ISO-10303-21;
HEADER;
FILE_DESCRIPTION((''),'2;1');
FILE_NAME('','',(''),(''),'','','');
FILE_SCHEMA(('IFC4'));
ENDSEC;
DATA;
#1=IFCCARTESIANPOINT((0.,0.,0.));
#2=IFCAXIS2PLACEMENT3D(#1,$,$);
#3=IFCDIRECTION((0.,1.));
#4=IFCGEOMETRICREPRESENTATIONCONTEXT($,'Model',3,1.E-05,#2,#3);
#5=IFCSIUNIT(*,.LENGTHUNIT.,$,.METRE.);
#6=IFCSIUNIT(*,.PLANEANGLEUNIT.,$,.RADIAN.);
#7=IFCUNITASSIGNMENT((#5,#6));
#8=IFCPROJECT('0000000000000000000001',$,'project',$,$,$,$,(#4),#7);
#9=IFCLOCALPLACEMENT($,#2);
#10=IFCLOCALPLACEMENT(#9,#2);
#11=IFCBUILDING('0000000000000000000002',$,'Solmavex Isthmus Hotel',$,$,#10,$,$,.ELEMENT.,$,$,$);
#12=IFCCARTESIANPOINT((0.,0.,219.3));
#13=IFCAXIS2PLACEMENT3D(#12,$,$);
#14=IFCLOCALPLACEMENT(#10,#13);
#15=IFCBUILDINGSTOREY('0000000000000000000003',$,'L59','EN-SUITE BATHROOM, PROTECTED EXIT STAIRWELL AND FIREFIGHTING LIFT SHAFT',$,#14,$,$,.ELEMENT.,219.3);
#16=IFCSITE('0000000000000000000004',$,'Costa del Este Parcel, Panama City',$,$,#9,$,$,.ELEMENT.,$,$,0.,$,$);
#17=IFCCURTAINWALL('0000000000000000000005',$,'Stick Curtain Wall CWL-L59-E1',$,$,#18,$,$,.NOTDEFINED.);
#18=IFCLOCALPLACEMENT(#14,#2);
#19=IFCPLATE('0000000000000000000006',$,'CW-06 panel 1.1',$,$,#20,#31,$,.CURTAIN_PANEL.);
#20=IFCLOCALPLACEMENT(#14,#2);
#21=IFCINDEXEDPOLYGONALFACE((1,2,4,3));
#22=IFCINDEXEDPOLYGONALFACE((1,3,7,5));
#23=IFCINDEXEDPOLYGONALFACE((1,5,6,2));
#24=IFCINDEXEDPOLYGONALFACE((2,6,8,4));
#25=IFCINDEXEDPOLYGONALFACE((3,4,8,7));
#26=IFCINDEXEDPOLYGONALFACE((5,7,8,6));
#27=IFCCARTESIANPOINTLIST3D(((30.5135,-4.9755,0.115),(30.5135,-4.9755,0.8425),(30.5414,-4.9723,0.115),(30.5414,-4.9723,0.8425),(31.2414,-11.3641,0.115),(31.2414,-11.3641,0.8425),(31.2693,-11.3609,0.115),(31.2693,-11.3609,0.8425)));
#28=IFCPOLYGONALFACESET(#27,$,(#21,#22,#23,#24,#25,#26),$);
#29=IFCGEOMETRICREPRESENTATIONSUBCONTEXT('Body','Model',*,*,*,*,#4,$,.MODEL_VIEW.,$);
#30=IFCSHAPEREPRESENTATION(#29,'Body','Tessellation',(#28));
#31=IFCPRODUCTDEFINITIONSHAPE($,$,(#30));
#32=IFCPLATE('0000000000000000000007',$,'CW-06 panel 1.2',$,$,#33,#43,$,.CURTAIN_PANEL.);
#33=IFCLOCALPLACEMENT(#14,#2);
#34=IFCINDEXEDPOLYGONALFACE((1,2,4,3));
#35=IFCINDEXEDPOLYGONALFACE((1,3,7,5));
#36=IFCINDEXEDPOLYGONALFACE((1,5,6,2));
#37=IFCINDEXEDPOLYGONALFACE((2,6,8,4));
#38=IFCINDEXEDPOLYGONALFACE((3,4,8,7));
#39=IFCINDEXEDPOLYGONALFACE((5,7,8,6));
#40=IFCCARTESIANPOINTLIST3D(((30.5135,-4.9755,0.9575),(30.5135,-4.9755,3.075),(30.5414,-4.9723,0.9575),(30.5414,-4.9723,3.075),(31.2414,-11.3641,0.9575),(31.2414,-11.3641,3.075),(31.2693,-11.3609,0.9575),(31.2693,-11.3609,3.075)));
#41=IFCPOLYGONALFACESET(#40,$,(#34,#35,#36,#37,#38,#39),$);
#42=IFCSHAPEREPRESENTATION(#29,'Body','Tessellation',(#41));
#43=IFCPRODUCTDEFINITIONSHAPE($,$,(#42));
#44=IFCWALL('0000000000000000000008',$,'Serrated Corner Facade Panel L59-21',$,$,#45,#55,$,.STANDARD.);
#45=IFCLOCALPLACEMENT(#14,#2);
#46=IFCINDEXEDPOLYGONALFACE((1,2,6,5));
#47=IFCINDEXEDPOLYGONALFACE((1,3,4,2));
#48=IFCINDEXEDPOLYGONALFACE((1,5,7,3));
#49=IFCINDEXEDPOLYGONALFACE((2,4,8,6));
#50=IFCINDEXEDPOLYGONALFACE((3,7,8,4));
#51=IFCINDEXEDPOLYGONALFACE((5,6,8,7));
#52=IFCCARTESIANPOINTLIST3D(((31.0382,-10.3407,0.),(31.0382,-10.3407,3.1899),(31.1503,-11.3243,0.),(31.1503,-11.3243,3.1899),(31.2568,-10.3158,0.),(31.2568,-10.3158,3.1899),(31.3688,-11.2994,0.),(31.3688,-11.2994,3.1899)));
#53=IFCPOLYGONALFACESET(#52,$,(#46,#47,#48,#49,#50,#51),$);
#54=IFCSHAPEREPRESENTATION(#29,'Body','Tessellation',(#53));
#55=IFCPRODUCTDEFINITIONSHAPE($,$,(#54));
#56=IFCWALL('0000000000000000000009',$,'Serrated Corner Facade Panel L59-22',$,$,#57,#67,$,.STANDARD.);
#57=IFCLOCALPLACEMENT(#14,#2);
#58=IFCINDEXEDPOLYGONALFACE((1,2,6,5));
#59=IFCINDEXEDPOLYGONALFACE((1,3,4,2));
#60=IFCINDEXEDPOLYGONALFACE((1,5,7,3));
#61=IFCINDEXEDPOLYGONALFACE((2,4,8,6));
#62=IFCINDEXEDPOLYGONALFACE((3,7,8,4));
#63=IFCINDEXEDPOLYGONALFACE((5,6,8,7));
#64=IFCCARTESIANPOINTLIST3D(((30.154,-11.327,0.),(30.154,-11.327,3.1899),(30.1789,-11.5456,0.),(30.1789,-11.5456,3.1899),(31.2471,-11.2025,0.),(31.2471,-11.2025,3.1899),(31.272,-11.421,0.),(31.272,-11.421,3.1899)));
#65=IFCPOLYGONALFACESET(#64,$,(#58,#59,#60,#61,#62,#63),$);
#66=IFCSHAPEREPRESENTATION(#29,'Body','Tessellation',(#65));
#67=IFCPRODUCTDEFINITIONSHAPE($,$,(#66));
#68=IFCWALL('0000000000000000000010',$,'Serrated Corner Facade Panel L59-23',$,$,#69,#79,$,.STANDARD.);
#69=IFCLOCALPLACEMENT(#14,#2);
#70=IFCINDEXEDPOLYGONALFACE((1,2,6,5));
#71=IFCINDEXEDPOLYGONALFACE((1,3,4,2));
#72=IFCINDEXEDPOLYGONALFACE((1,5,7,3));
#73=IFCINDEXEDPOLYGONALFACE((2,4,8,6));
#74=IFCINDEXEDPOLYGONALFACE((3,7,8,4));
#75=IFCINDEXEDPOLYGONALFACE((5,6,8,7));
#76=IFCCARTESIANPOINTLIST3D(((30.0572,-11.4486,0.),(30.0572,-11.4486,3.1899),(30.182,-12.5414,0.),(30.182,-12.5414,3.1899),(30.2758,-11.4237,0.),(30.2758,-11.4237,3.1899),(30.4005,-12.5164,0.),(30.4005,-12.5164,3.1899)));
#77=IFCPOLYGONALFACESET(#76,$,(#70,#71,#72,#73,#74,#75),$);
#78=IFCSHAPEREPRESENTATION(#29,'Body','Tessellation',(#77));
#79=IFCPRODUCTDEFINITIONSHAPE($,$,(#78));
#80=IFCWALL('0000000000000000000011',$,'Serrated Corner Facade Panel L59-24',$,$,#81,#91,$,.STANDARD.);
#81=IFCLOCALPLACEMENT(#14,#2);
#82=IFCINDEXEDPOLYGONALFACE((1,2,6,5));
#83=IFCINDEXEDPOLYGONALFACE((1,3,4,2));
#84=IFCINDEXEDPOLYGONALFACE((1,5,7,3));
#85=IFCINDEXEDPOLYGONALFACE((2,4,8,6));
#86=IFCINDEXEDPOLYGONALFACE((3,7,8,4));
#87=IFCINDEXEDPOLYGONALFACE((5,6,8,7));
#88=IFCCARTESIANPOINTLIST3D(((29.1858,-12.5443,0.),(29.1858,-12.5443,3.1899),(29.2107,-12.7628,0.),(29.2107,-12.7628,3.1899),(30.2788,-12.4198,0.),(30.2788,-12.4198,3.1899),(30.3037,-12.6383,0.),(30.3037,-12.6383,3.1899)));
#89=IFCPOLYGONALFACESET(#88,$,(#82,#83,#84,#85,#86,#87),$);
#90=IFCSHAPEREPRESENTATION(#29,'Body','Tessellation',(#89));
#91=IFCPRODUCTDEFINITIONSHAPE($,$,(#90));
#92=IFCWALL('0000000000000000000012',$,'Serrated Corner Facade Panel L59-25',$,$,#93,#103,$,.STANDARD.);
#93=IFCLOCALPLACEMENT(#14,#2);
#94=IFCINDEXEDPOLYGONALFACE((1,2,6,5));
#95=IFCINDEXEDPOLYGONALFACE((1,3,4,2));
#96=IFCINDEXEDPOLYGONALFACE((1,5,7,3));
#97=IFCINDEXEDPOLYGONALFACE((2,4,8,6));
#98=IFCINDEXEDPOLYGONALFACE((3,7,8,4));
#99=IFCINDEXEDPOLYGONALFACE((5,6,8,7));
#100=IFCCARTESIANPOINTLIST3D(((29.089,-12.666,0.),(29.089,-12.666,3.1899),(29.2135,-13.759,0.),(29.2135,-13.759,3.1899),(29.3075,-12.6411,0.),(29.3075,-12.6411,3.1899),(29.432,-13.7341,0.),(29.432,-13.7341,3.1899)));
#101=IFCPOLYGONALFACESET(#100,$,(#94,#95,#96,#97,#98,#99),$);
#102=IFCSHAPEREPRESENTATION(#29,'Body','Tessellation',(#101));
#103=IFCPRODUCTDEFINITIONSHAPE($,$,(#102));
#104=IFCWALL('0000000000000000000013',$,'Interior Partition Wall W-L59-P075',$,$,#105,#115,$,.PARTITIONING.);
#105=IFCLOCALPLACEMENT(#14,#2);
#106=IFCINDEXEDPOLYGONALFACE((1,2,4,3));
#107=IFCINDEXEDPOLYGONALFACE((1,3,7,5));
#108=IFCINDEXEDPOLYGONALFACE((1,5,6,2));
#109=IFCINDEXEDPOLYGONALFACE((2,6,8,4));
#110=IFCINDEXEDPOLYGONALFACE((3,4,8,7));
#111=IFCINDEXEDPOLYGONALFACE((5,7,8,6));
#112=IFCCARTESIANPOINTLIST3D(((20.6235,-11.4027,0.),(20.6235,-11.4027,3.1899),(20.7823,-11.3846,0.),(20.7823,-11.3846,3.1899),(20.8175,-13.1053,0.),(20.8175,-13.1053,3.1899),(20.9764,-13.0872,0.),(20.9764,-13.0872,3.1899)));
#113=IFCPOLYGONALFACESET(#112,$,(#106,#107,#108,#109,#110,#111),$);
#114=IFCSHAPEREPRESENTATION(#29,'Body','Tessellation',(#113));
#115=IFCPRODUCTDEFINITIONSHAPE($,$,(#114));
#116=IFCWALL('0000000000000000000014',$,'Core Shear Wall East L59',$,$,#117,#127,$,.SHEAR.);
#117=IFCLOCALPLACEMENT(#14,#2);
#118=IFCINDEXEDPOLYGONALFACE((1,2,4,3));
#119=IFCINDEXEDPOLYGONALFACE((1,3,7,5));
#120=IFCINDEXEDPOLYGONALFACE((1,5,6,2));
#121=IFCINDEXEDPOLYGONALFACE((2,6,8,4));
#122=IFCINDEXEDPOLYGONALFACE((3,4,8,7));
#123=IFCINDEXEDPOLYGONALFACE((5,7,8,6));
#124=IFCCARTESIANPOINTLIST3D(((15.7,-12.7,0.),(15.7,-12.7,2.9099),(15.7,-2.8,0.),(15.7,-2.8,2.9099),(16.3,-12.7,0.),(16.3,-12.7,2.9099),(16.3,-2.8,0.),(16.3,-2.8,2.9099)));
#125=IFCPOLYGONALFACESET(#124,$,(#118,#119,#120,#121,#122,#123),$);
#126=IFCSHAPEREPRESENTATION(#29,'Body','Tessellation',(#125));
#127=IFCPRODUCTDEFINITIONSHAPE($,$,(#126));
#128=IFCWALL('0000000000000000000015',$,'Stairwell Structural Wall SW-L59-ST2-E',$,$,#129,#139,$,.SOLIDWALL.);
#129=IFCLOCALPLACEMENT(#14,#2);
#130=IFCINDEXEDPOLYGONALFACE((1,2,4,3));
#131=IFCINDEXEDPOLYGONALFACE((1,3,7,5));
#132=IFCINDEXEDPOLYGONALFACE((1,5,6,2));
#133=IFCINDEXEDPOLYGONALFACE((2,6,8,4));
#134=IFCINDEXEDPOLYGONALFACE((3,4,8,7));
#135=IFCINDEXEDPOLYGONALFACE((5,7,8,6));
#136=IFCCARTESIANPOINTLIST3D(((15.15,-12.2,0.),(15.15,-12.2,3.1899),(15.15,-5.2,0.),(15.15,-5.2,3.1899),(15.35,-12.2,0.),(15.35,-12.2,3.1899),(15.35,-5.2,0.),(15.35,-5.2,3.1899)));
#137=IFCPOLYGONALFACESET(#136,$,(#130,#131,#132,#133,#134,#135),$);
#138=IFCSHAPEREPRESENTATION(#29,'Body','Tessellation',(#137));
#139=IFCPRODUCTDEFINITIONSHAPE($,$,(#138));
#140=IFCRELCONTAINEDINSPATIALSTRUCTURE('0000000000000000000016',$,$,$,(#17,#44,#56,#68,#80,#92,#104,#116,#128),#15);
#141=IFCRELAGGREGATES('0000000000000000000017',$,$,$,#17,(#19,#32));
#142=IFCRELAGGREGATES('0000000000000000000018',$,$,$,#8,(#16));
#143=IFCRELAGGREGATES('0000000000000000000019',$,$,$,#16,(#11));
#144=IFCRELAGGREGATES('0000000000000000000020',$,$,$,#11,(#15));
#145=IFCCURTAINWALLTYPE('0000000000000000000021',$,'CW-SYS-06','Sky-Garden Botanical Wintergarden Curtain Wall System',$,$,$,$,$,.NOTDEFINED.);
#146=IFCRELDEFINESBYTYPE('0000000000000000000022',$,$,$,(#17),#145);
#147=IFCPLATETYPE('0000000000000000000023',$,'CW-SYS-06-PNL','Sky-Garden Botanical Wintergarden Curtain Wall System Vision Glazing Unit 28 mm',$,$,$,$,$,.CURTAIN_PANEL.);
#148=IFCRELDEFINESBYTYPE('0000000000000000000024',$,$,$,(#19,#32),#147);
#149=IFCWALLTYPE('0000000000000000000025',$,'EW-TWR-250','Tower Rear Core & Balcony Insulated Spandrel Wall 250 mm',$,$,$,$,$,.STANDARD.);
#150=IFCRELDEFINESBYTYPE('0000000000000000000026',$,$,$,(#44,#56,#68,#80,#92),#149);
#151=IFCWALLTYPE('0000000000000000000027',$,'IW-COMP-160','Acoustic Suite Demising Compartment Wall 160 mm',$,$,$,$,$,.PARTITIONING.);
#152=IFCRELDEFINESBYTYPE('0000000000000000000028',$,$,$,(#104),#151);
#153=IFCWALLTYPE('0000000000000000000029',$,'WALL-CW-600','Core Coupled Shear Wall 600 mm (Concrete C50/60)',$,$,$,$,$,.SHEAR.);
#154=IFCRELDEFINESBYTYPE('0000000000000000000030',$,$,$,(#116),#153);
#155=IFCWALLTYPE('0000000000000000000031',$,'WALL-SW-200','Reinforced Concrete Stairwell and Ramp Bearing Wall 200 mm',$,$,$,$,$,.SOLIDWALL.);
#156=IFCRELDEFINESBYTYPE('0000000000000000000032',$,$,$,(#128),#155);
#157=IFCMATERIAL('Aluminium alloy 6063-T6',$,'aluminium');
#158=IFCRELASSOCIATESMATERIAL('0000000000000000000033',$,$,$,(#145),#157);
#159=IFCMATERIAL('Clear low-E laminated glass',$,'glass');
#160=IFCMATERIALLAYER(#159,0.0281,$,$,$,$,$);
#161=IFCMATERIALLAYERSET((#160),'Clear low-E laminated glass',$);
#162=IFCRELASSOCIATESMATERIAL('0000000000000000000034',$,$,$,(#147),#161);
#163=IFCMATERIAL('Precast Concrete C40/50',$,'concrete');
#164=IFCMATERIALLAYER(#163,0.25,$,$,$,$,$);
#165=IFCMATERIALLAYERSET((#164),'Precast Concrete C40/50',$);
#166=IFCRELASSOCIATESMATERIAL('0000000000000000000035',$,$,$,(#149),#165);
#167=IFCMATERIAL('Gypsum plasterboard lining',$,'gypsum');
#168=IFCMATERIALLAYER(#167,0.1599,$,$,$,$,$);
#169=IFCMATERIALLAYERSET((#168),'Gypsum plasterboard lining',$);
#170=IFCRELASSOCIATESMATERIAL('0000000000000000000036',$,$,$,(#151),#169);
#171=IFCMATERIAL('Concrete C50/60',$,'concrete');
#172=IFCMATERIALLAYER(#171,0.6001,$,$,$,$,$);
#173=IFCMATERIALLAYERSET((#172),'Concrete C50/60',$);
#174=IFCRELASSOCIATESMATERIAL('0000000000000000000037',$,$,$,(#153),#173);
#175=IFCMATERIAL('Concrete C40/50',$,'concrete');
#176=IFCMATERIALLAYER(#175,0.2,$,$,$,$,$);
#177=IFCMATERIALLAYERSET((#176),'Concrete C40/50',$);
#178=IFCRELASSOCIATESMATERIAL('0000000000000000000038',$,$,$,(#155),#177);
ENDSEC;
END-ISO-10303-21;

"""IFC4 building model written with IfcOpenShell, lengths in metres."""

from ifc_helpers import new_model, si_unit, direction, frame, frame_2d, origin, origin_2d, place, context, subcontext, project, spatial, rectangle, extrude, material, layer, layer_set, type_object, element, aggregate, save


model = new_model("IFC4")

# Units and contexts
model_context = context("Model", 3, precision=1e-05, world=origin(), true_north=direction((0.0, 1.0)))
body_context = subcontext(model_context, "Body", "Model", "MODEL_VIEW")
ifc_project = project(units=[si_unit("LENGTHUNIT", "METRE"), si_unit("PLANEANGLEUNIT", "RADIAN")], contexts=[model_context])

# Site, building, storey
site_placement = place(None, origin())
site = spatial("IfcSite", under=ifc_project, at=site_placement, Name="Costa del Este Parcel, Panama City", CompositionType="ELEMENT", RefElevation=0.0)
building_placement = place(site_placement, origin())
building = spatial("IfcBuilding", under=site, at=building_placement, Name="Solmavex Isthmus Hotel", CompositionType="ELEMENT")
storey_placement = place(building_placement, frame((0.0, 0.0, 219.3)))
storey = spatial("IfcBuildingStorey", under=building, at=storey_placement, Name="L59", Description="EN-SUITE BATHROOM, PROTECTED EXIT STAIRWELL AND FIREFIGHTING LIFT SHAFT", CompositionType="ELEMENT", Elevation=219.3)

# Shared definitions
ifc_material_1 = material(Name="Concrete C50/60", Category="concrete")

# Curtain wall, plates
ifc_material_2 = material(Name="Aluminium alloy 6063-T6", Category="aluminium")
curtain_wall_type = type_object("IfcCurtainWallType", Name="CW-SYS-06", Description="Sky-Garden Botanical Wintergarden Curtain Wall System", PredefinedType="NOTDEFINED", material=ifc_material_2)
curtain_wall_placement = place(storey_placement, origin())
curtain_wall = element("IfcCurtainWall", 1, at=curtain_wall_placement, inside=storey, type_object=curtain_wall_type, Name="Stick Curtain Wall CWL-L59-E1", PredefinedType="NOTDEFINED")
ifc_material_3 = material(Name="Clear low-E laminated glass", Category="glass")
ifc_layer_1 = layer(ifc_material_3, 0.0281)
ifc_layer_set_1 = layer_set([ifc_layer_1], Name="Clear low-E laminated glass")
plate_type = type_object("IfcPlateType", Name="CW-SYS-06-PNL", Description="Sky-Garden Botanical Wintergarden Curtain Wall System Vision Glazing Unit 28 mm", PredefinedType="CURTAIN_PANEL", material=ifc_layer_set_1)
plate_1_placement = place(storey_placement, frame((30.8914, -8.1682, 0.115), z_axis=(0.0, 0.0, 1.0), x_axis=(-0.113203, 0.993572, 0.0)))
plate_1 = element("IfcPlate", 2, at=plate_1_placement, type_object=plate_type, Name="CW-06 panel 1.1", PredefinedType="CURTAIN_PANEL", context=body_context, shape_type="SweptSolid", body=[
    extrude(rectangle(XDim=6.4299, YDim=0.0281, at=origin_2d()), origin(), (0.0, 0.0, 1.0), 0.7275),
])
plate_2_placement = place(storey_placement, frame((30.8914, -8.1682, 0.9575), z_axis=(0.0, 0.0, 1.0), x_axis=(-0.113203, 0.993572, 0.0)))
plate_2 = element("IfcPlate", 3, at=plate_2_placement, type_object=plate_type, Name="CW-06 panel 1.2", PredefinedType="CURTAIN_PANEL", context=body_context, shape_type="SweptSolid", body=[
    extrude(rectangle(XDim=6.4299, YDim=0.0281, at=origin_2d()), origin(), (0.0, 0.0, 1.0), 2.1174),
])
aggregate(curtain_wall, [plate_1, plate_2])

# Walls
ifc_material_4 = material(Name="Precast Concrete C40/50", Category="concrete")
ifc_layer_2 = layer(ifc_material_4, 0.25)
ifc_layer_set_2 = layer_set([ifc_layer_2], Name="Precast Concrete C40/50")
wall_type_1 = type_object("IfcWallType", Name="EW-TWR-250", Description="Tower Rear Core & Balcony Insulated Spandrel Wall 250 mm", PredefinedType="STANDARD", material=ifc_layer_set_2)
wall_1_placement = place(storey_placement, frame((31.1475, -10.3281, 0.0), z_axis=(0.0, 0.0, 1.0), x_axis=(0.113192, -0.993573, 0.0)))
element("IfcWall", 4, at=wall_1_placement, inside=storey, type_object=wall_type_1, Name="Serrated Corner Facade Panel L59-21", PredefinedType="STANDARD", context=body_context, shape_type="SweptSolid", body=[
    extrude(rectangle(XDim=0.99, YDim=0.22, at=frame_2d((0.4951, 0.0))), origin(), (0.0, 0.0, 1.0), 3.1899),
])
wall_2_placement = place(storey_placement, frame((31.2595, -11.3118, 0.0), z_axis=(0.0, 0.0, 1.0), x_axis=(-0.993574, -0.113184, 0.0)))
element("IfcWall", 5, at=wall_2_placement, inside=storey, type_object=wall_type_1, Name="Serrated Corner Facade Panel L59-22", PredefinedType="STANDARD", context=body_context, shape_type="SweptSolid", body=[
    extrude(rectangle(XDim=1.1001, YDim=0.22, at=frame_2d((0.55, 0.0))), origin(), (0.0, 0.0, 1.0), 3.1899),
])
wall_3_placement = place(storey_placement, frame((30.1665, -11.4363, 0.0), z_axis=(0.0, 0.0, 1.0), x_axis=(0.113428, -0.993546, 0.0)))
element("IfcWall", 6, at=wall_3_placement, inside=storey, type_object=wall_type_1, Name="Serrated Corner Facade Panel L59-23", PredefinedType="STANDARD", context=body_context, shape_type="SweptSolid", body=[
    extrude(rectangle(XDim=1.0999, YDim=0.22, at=frame_2d((0.5498, 0.0))), origin(), (0.0, 0.0, 1.0), 3.1899),
])
for number, where, z_axis, x_axis, name in (
    (7, (30.2913, -12.5291, 0.0), (0.0, 0.0, 1.0), (-0.993574, -0.113184, 0.0), "Serrated Corner Facade Panel L59-24"),
    (8, (29.1982, -12.6536, 0.0), (0.0, 0.0, 1.0), (0.113184, -0.993574, 0.0), "Serrated Corner Facade Panel L59-25"),
):
    element("IfcWall", number, at=place(storey_placement, frame(where, z_axis=z_axis, x_axis=x_axis)), inside=storey, type_object=wall_type_1, Name=name, PredefinedType="STANDARD", context=body_context, shape_type="SweptSolid", body=[
        extrude(rectangle(XDim=1.1001, YDim=0.22, at=frame_2d((0.55, 0.0))), origin(), (0.0, 0.0, 1.0), 3.1899),
    ])
ifc_material_5 = material(Name="Gypsum plasterboard lining", Category="gypsum")
ifc_layer_3 = layer(ifc_material_5, 0.1599)
ifc_layer_set_3 = layer_set([ifc_layer_3], Name="Gypsum plasterboard lining")
wall_type_2 = type_object("IfcWallType", Name="IW-COMP-160", Description="Acoustic Suite Demising Compartment Wall 160 mm", PredefinedType="PARTITIONING", material=ifc_layer_set_3)
wall_4_placement = place(storey_placement, frame((20.7029, -11.3936, 0.0), z_axis=(0.0, 0.0, 1.0), x_axis=(0.113261, -0.993565, 0.0)))
element("IfcWall", 9, at=wall_4_placement, inside=storey, type_object=wall_type_2, Name="Interior Partition Wall W-L59-P075", PredefinedType="PARTITIONING", context=body_context, shape_type="SweptSolid", body=[
    extrude(rectangle(XDim=1.7136, YDim=0.1599, at=frame_2d((0.8569, 0.0))), origin(), (0.0, 0.0, 1.0), 3.1899),
])
ifc_layer_4 = layer(ifc_material_1, 0.6001)
ifc_layer_set_4 = layer_set([ifc_layer_4], Name="Concrete C50/60")
wall_type_3 = type_object("IfcWallType", Name="WALL-CW-600", Description="Core Coupled Shear Wall 600 mm (Concrete C50/60)", PredefinedType="SHEAR", material=ifc_layer_set_4)
wall_5_placement = place(storey_placement, frame((16.0, -12.7, 0.0), z_axis=(0.0, 0.0, 1.0), x_axis=(0.0, 1.0, 0.0)))
element("IfcWall", 10, at=wall_5_placement, inside=storey, type_object=wall_type_3, Name="Core Shear Wall East L59", PredefinedType="SHEAR", context=body_context, shape_type="SweptSolid", body=[
    extrude(rectangle(XDim=9.8999, YDim=0.6001, at=frame_2d((4.95, 0.0))), origin(), (0.0, 0.0, 1.0), 2.9099),
])
ifc_material_6 = material(Name="Concrete C40/50", Category="concrete")
ifc_layer_5 = layer(ifc_material_6, 0.2)
ifc_layer_set_5 = layer_set([ifc_layer_5], Name="Concrete C40/50")
wall_type_4 = type_object("IfcWallType", Name="WALL-SW-200", Description="Reinforced Concrete Stairwell and Ramp Bearing Wall 200 mm", PredefinedType="SOLIDWALL", material=ifc_layer_set_5)
wall_6_placement = place(storey_placement, frame((15.25, -12.2, 0.0), z_axis=(0.0, 0.0, 1.0), x_axis=(0.0, 1.0, 0.0)))
element("IfcWall", 11, at=wall_6_placement, inside=storey, type_object=wall_type_4, Name="Stairwell Structural Wall SW-L59-ST2-E", PredefinedType="SOLIDWALL", context=body_context, shape_type="SweptSolid", body=[
    extrude(rectangle(XDim=7.0, YDim=0.2, at=frame_2d((3.5, 0.0))), origin(), (0.0, 0.0, 1.0), 3.1899),
])

save(model, "model.ifc")
